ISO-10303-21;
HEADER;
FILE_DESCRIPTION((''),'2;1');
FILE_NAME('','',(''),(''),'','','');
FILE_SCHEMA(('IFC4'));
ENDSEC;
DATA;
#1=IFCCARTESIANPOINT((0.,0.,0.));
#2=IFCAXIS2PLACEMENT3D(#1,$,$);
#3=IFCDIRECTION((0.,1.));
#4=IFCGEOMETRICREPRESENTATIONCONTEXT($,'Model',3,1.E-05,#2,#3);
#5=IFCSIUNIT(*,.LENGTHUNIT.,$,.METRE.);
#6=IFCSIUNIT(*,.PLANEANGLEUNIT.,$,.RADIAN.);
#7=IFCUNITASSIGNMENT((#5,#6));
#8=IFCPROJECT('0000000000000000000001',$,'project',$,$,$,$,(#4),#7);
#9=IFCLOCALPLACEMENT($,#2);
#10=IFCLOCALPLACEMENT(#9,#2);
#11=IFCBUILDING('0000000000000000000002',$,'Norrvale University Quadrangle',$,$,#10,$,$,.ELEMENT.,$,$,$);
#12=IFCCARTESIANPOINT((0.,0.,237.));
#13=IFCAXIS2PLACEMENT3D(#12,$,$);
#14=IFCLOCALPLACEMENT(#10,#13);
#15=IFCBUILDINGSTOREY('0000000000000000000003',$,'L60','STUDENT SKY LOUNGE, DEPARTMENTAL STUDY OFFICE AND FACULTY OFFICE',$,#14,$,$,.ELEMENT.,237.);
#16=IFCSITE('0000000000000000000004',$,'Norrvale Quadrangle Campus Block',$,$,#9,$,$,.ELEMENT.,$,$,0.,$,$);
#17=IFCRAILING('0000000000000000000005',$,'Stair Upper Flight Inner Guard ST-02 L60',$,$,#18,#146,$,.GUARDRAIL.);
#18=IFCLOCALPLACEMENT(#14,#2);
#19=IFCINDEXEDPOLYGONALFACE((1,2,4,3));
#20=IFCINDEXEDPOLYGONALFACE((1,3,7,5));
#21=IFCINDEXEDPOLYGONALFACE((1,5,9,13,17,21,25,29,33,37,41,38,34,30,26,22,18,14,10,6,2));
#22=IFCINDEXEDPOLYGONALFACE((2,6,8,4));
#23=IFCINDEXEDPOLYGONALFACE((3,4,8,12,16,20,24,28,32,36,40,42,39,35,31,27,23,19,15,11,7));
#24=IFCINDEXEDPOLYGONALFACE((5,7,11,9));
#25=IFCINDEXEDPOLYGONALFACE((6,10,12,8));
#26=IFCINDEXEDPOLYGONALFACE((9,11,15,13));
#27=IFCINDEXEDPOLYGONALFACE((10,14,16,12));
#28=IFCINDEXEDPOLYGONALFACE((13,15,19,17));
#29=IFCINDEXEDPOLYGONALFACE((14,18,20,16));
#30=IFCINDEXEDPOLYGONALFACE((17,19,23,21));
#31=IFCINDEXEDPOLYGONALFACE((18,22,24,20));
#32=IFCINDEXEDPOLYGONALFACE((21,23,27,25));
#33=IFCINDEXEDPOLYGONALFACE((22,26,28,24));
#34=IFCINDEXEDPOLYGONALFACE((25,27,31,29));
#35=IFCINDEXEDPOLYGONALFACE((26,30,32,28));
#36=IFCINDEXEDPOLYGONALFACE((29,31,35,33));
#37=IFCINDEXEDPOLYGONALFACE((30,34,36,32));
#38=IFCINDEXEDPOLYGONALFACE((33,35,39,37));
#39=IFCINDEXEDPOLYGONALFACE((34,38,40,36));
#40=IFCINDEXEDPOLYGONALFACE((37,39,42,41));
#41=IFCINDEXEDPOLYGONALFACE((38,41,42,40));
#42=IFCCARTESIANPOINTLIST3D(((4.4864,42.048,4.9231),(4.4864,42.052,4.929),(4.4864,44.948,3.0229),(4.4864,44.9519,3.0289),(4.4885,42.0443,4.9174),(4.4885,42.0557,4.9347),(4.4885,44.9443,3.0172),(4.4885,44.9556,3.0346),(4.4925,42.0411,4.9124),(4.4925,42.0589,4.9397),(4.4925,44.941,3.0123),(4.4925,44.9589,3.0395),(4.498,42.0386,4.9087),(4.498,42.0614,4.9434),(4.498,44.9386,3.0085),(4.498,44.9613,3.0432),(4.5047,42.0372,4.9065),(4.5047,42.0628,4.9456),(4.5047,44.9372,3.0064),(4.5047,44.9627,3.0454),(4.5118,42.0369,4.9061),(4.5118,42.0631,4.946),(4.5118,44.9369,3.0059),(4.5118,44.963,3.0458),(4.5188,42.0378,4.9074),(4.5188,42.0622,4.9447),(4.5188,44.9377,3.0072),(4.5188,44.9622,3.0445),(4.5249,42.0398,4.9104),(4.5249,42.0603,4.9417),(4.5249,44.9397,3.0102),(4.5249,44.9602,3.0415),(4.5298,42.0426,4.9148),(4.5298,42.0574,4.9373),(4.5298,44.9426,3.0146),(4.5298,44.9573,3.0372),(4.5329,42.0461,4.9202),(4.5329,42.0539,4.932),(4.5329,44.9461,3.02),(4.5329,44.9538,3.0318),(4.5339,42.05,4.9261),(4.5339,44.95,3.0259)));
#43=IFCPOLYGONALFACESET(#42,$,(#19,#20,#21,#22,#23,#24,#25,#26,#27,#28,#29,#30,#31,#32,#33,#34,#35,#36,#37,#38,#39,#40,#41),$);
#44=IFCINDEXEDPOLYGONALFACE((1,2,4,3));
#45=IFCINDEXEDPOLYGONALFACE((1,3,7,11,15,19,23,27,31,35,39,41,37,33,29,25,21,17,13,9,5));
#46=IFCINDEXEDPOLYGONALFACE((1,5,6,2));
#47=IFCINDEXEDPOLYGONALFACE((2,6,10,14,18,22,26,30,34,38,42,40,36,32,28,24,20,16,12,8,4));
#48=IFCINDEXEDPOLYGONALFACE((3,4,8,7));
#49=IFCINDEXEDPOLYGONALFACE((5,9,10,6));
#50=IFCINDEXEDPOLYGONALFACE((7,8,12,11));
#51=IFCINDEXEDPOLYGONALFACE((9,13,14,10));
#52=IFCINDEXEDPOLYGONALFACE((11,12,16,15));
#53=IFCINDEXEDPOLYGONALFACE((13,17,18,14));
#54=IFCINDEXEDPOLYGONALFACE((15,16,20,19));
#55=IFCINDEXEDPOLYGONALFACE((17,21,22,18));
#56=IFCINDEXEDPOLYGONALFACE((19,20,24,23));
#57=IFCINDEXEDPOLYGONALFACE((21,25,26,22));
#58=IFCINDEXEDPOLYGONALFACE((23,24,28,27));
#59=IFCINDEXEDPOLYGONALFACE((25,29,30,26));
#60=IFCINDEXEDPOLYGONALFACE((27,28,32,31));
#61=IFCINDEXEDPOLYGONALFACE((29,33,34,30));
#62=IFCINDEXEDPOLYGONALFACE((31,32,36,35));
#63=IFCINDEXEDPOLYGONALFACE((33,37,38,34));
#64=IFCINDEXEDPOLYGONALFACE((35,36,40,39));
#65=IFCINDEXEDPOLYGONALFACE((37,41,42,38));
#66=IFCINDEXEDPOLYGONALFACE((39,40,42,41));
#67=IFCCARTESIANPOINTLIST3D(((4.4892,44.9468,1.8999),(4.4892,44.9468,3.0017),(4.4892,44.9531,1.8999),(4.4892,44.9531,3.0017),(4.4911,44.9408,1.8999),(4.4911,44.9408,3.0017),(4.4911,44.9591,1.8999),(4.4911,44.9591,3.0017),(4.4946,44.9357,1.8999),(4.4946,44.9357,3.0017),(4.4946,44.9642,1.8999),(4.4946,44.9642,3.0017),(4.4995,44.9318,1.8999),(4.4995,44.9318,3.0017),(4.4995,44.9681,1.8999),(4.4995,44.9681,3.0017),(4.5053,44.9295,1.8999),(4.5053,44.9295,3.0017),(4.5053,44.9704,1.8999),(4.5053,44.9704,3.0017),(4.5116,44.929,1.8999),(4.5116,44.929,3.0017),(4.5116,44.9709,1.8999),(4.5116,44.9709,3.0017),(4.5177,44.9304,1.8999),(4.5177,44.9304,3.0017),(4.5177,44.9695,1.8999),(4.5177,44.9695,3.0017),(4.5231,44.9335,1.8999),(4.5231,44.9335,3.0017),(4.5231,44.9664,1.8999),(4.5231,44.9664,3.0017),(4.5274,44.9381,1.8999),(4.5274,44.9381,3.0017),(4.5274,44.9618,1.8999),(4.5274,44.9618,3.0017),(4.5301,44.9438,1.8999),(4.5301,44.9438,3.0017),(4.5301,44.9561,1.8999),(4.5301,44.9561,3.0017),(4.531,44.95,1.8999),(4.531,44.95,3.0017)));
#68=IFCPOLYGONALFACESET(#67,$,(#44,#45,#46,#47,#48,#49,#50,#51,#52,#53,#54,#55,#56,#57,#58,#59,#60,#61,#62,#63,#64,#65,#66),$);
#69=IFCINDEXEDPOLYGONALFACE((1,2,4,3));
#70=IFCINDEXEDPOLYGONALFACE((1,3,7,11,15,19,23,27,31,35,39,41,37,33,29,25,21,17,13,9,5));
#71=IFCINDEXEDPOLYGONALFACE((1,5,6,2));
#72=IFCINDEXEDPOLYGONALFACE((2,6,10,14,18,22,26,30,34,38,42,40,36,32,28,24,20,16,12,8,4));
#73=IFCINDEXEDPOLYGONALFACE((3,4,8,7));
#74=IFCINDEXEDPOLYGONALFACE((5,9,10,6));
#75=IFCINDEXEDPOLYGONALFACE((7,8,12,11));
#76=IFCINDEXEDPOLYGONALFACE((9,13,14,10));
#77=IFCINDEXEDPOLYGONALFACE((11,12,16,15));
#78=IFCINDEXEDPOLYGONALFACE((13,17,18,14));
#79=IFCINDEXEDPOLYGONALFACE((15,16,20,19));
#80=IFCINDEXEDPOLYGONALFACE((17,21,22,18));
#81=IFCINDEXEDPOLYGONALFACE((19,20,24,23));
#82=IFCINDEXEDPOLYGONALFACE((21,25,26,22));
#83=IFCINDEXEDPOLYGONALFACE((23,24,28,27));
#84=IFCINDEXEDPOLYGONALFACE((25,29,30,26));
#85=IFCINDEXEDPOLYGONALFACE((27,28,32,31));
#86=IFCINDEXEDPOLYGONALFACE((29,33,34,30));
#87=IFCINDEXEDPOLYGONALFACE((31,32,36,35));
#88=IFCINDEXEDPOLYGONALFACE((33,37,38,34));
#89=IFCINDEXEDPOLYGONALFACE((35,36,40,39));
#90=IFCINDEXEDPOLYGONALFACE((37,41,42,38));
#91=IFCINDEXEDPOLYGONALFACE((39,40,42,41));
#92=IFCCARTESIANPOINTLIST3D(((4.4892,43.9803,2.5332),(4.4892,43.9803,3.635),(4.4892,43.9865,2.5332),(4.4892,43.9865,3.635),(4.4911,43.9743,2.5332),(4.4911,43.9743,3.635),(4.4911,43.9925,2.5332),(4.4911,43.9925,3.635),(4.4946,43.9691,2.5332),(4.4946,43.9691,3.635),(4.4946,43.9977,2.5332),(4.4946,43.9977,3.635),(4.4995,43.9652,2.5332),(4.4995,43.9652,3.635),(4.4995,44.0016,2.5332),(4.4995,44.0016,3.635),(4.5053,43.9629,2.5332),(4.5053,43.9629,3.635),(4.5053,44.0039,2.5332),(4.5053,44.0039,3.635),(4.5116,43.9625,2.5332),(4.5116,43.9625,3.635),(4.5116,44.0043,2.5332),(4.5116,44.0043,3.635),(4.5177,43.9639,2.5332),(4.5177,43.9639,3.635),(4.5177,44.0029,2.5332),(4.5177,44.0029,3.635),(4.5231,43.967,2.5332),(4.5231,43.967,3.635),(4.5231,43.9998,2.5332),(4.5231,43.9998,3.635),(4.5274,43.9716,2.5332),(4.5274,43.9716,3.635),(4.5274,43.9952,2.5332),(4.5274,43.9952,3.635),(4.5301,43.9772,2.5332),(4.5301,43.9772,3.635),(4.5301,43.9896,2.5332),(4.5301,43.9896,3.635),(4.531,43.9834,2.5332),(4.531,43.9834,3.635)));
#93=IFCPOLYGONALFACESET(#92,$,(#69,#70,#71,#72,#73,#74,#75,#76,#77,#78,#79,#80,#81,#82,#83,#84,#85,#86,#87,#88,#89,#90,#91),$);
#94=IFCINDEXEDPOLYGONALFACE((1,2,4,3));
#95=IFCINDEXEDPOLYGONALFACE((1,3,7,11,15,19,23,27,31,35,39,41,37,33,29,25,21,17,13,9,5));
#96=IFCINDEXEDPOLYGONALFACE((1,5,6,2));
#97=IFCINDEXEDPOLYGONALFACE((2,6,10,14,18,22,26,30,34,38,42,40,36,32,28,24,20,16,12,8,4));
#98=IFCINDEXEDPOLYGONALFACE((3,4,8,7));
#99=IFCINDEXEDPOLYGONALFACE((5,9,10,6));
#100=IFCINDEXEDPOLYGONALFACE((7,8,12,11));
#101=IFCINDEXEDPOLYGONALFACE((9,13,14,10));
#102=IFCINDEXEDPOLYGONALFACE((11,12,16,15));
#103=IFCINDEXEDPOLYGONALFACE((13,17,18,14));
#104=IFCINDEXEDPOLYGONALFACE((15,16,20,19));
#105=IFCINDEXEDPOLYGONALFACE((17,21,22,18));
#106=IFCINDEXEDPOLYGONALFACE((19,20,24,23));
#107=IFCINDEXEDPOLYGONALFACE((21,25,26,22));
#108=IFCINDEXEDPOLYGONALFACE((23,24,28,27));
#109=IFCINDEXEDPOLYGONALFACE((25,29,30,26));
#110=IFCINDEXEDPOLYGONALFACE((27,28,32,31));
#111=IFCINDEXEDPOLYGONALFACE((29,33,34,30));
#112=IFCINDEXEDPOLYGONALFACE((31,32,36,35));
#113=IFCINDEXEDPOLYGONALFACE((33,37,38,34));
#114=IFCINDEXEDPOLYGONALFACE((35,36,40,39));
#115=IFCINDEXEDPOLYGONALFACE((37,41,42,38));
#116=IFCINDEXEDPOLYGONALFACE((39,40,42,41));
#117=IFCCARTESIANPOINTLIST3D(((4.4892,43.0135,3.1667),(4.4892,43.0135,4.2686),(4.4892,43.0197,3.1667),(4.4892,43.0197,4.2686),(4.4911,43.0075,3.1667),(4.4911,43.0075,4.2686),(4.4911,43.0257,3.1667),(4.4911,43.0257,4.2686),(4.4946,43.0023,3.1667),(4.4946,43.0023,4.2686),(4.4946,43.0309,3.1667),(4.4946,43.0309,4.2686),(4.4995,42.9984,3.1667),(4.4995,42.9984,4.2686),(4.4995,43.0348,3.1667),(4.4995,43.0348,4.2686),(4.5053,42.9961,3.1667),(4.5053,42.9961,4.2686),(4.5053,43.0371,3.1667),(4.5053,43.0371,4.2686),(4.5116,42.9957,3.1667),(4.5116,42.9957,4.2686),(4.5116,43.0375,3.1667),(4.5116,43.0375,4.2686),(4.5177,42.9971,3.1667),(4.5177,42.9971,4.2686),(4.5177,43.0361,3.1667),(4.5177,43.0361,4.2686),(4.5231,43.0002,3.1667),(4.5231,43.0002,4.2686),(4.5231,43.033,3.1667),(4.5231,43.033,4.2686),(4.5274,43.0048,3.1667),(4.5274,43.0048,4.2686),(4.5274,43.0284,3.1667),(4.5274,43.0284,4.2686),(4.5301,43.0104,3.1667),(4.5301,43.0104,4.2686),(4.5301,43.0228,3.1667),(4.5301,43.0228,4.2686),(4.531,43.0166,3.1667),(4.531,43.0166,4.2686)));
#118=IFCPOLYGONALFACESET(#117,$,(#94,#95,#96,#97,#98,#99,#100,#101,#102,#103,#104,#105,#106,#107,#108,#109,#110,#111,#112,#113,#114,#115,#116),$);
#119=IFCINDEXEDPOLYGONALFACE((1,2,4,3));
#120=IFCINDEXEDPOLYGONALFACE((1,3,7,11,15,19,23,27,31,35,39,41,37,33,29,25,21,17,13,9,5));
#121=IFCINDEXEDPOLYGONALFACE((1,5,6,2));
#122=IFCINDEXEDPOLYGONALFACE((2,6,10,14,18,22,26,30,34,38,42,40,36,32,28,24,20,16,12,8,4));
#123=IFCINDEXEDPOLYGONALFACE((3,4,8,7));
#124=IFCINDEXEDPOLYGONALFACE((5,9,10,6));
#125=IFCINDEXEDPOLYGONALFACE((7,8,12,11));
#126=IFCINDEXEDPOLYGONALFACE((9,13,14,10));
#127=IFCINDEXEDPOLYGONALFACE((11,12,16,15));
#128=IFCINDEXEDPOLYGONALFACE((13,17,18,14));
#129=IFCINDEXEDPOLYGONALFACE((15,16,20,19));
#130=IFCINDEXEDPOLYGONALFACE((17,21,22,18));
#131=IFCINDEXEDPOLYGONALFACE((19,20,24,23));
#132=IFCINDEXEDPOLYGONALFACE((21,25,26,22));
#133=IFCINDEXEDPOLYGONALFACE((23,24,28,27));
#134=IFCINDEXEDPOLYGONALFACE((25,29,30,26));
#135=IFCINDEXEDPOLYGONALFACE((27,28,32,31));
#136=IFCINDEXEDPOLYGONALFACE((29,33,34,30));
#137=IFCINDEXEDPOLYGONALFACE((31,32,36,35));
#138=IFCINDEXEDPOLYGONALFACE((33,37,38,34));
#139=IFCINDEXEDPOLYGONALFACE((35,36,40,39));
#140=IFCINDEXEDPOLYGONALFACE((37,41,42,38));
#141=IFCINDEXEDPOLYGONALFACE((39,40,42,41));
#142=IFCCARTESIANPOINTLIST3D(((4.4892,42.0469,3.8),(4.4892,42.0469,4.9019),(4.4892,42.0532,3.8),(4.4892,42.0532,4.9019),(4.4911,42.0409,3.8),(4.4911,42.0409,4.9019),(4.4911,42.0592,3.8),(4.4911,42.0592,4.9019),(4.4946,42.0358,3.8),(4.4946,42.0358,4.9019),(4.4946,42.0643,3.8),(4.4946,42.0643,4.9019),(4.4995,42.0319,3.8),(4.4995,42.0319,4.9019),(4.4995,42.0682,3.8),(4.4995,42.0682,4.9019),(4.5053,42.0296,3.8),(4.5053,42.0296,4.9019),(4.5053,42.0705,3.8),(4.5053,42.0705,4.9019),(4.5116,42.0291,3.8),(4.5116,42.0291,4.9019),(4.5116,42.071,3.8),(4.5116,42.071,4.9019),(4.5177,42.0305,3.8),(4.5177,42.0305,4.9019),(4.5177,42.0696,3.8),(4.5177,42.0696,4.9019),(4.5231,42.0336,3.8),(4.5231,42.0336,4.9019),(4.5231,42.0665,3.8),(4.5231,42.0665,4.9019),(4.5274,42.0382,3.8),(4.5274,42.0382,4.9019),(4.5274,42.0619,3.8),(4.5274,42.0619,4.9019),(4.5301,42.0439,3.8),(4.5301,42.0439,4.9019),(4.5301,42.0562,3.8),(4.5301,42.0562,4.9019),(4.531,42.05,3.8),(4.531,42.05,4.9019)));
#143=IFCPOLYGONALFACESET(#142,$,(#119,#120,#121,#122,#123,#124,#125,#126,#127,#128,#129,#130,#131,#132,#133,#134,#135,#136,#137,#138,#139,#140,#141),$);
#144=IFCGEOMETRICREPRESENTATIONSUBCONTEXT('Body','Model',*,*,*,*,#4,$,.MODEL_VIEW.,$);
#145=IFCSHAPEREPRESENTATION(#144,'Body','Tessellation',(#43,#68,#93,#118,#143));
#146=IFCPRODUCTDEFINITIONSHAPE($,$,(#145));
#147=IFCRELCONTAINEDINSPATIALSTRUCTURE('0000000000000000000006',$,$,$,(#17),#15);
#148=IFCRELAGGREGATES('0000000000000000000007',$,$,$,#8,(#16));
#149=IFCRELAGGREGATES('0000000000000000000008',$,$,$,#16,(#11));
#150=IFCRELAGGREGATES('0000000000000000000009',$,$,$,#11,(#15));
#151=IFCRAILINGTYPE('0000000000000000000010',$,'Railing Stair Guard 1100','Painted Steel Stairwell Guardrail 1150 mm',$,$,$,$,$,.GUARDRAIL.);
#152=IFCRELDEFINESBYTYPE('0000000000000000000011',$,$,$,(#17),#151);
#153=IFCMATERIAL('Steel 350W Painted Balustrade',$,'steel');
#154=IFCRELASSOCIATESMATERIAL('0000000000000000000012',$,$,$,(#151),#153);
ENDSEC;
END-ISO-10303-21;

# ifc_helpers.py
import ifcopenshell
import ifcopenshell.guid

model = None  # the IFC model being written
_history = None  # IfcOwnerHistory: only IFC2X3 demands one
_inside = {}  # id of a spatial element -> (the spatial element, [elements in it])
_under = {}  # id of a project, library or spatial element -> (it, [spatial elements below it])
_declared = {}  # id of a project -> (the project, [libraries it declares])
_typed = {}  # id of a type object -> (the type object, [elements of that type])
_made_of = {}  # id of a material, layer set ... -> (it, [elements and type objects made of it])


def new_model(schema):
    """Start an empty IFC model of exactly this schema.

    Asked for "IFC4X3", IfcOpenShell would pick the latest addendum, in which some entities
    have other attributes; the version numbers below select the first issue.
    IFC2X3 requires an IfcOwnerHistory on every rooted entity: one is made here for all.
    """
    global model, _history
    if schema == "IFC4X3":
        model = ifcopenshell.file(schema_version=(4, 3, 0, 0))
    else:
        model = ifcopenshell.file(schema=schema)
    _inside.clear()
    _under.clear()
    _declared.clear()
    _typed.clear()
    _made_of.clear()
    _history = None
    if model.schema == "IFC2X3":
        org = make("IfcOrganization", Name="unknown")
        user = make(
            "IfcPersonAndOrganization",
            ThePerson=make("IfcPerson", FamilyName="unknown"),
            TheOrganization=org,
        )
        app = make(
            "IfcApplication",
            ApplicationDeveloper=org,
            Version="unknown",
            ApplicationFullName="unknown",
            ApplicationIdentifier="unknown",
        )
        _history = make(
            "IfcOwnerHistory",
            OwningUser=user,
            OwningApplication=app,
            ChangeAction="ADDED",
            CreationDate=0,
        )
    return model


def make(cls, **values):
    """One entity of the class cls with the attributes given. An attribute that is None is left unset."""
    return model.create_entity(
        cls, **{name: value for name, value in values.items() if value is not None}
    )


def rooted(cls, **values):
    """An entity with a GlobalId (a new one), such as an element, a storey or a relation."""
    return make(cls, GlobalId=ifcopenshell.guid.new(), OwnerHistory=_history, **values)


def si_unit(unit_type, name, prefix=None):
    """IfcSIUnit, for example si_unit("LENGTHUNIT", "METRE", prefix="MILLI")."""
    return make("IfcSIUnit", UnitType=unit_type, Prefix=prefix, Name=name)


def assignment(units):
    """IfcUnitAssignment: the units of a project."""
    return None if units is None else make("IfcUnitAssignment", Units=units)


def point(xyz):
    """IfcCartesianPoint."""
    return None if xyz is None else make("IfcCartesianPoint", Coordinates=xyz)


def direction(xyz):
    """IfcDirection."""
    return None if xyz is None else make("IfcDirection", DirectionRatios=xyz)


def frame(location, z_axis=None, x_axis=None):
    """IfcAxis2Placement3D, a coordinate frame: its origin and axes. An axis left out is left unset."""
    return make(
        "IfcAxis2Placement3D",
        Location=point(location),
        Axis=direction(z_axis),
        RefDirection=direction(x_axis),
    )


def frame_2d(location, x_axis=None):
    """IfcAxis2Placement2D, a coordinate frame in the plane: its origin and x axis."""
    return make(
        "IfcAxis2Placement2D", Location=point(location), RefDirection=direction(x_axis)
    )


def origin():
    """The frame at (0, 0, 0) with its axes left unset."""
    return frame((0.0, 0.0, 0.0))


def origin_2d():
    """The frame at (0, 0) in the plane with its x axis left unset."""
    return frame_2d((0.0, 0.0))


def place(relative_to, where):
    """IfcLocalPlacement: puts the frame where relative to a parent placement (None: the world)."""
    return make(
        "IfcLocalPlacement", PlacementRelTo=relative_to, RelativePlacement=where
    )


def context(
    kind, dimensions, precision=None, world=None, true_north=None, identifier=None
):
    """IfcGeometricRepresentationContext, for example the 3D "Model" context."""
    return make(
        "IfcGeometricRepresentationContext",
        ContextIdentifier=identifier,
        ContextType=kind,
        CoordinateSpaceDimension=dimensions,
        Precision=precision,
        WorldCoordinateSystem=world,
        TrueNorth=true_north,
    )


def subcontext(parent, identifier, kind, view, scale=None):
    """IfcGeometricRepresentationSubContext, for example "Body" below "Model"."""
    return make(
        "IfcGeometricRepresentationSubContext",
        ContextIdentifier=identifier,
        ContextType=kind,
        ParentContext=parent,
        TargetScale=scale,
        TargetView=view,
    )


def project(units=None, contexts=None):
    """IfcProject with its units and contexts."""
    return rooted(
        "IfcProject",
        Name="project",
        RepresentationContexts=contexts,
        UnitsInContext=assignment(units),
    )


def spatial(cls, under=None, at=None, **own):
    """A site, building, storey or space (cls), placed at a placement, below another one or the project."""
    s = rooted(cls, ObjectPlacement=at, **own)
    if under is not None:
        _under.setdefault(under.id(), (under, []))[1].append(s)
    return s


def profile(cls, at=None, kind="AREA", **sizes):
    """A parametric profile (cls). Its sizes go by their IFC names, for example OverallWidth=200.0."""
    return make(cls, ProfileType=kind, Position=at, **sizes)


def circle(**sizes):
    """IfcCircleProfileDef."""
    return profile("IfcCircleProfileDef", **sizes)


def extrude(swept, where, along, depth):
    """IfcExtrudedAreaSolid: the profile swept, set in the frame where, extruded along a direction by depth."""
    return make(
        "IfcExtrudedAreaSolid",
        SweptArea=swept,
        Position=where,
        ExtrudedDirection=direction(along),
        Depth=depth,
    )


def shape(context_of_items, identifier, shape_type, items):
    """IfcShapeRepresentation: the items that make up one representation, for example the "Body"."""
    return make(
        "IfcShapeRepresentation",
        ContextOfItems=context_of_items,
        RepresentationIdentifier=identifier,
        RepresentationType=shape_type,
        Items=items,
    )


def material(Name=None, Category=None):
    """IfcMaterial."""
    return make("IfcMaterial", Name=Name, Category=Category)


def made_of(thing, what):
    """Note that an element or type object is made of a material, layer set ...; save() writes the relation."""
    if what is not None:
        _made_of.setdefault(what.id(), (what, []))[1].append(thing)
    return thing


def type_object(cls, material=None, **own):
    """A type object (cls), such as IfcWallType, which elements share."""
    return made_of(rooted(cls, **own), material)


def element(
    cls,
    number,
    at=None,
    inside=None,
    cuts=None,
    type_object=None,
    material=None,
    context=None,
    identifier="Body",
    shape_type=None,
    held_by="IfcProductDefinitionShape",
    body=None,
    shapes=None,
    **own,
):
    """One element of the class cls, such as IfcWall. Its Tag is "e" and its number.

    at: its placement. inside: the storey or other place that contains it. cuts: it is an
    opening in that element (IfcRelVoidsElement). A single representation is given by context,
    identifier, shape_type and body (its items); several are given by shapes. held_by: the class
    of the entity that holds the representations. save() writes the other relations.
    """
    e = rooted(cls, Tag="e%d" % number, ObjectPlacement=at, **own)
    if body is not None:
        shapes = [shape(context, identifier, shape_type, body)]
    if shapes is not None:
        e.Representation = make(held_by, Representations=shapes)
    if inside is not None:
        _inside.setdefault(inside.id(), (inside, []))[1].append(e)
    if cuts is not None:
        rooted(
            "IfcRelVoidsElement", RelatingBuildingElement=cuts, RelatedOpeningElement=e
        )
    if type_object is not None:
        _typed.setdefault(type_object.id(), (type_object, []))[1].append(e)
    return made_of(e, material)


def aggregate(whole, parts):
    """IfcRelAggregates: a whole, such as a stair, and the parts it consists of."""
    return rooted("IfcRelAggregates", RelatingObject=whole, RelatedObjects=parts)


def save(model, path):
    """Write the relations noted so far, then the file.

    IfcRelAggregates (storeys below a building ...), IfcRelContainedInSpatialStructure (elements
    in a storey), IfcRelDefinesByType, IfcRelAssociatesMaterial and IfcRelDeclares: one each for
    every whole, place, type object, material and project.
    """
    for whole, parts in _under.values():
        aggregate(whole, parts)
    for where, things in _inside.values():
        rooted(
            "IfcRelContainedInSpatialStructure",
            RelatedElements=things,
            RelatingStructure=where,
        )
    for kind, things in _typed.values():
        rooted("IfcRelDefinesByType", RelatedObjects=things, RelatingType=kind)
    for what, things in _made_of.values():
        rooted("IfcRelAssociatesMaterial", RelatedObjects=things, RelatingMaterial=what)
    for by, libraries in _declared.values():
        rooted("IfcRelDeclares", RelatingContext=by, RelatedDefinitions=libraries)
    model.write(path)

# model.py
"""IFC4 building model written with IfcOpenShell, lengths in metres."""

from ifc_helpers import new_model, si_unit, direction, frame, origin, origin_2d, place, context, subcontext, project, spatial, circle, extrude, material, type_object, element, save


model = new_model("IFC4")

# Units and contexts
model_context = context("Model", 3, precision=1e-05, world=origin(), true_north=direction((0.0, 1.0)))
body_context = subcontext(model_context, "Body", "Model", "MODEL_VIEW")
ifc_project = project(units=[si_unit("LENGTHUNIT", "METRE"), si_unit("PLANEANGLEUNIT", "RADIAN")], contexts=[model_context])

# Site, building, storey
site_placement = place(None, origin())
site = spatial("IfcSite", under=ifc_project, at=site_placement, Name="Norrvale Quadrangle Campus Block", CompositionType="ELEMENT", RefElevation=0.0)
building_placement = place(site_placement, origin())
building = spatial("IfcBuilding", under=site, at=building_placement, Name="Norrvale University Quadrangle", CompositionType="ELEMENT")
storey_placement = place(building_placement, frame((0.0, 0.0, 237.0)))
storey = spatial("IfcBuildingStorey", under=building, at=storey_placement, Name="L60", Description="STUDENT SKY LOUNGE, DEPARTMENTAL STUDY OFFICE AND FACULTY OFFICE", CompositionType="ELEMENT", Elevation=237.0)

# Railing
ifc_material_1 = material(Name="Steel 350W Painted Balustrade", Category="steel")
railing_type_1 = type_object("IfcRailingType", Name="Railing Stair Guard 1100", Description="Painted Steel Stairwell Guardrail 1150 mm", PredefinedType="GUARDRAIL", material=ifc_material_1)
railing_1_placement = place(storey_placement, frame((4.51, 44.95, 1.8999)))
element("IfcRailing", 1, at=railing_1_placement, inside=storey, type_object=railing_type_1, Name="Stair Upper Flight Inner Guard ST-02 L60", PredefinedType="GUARDRAIL", context=body_context, shape_type="SweptSolid", body=[
    extrude(circle(Radius=0.0239, at=origin_2d()), frame((0.0, 0.0, 1.126), z_axis=(0.0, -0.836433, 0.548069), x_axis=(1.0, 0.0, 0.0)), (0.0, 0.0, 1.0), 3.467),
    extrude(circle(Radius=0.021, at=origin_2d()), origin(), (0.0, 0.0, 1.0), 1.1018),
    extrude(circle(Radius=0.021, at=origin_2d()), frame((0.0, -0.9666, 0.6333)), (0.0, 0.0, 1.0), 1.1018),
    extrude(circle(Radius=0.021, at=origin_2d()), frame((0.0, -1.9333, 1.2668)), (0.0, 0.0, 1.0), 1.1018),
    extrude(circle(Radius=0.021, at=origin_2d()), frame((0.0, -2.8999, 1.9001)), (0.0, 0.0, 1.0), 1.1018),
])

save(model, "model.ifc")
